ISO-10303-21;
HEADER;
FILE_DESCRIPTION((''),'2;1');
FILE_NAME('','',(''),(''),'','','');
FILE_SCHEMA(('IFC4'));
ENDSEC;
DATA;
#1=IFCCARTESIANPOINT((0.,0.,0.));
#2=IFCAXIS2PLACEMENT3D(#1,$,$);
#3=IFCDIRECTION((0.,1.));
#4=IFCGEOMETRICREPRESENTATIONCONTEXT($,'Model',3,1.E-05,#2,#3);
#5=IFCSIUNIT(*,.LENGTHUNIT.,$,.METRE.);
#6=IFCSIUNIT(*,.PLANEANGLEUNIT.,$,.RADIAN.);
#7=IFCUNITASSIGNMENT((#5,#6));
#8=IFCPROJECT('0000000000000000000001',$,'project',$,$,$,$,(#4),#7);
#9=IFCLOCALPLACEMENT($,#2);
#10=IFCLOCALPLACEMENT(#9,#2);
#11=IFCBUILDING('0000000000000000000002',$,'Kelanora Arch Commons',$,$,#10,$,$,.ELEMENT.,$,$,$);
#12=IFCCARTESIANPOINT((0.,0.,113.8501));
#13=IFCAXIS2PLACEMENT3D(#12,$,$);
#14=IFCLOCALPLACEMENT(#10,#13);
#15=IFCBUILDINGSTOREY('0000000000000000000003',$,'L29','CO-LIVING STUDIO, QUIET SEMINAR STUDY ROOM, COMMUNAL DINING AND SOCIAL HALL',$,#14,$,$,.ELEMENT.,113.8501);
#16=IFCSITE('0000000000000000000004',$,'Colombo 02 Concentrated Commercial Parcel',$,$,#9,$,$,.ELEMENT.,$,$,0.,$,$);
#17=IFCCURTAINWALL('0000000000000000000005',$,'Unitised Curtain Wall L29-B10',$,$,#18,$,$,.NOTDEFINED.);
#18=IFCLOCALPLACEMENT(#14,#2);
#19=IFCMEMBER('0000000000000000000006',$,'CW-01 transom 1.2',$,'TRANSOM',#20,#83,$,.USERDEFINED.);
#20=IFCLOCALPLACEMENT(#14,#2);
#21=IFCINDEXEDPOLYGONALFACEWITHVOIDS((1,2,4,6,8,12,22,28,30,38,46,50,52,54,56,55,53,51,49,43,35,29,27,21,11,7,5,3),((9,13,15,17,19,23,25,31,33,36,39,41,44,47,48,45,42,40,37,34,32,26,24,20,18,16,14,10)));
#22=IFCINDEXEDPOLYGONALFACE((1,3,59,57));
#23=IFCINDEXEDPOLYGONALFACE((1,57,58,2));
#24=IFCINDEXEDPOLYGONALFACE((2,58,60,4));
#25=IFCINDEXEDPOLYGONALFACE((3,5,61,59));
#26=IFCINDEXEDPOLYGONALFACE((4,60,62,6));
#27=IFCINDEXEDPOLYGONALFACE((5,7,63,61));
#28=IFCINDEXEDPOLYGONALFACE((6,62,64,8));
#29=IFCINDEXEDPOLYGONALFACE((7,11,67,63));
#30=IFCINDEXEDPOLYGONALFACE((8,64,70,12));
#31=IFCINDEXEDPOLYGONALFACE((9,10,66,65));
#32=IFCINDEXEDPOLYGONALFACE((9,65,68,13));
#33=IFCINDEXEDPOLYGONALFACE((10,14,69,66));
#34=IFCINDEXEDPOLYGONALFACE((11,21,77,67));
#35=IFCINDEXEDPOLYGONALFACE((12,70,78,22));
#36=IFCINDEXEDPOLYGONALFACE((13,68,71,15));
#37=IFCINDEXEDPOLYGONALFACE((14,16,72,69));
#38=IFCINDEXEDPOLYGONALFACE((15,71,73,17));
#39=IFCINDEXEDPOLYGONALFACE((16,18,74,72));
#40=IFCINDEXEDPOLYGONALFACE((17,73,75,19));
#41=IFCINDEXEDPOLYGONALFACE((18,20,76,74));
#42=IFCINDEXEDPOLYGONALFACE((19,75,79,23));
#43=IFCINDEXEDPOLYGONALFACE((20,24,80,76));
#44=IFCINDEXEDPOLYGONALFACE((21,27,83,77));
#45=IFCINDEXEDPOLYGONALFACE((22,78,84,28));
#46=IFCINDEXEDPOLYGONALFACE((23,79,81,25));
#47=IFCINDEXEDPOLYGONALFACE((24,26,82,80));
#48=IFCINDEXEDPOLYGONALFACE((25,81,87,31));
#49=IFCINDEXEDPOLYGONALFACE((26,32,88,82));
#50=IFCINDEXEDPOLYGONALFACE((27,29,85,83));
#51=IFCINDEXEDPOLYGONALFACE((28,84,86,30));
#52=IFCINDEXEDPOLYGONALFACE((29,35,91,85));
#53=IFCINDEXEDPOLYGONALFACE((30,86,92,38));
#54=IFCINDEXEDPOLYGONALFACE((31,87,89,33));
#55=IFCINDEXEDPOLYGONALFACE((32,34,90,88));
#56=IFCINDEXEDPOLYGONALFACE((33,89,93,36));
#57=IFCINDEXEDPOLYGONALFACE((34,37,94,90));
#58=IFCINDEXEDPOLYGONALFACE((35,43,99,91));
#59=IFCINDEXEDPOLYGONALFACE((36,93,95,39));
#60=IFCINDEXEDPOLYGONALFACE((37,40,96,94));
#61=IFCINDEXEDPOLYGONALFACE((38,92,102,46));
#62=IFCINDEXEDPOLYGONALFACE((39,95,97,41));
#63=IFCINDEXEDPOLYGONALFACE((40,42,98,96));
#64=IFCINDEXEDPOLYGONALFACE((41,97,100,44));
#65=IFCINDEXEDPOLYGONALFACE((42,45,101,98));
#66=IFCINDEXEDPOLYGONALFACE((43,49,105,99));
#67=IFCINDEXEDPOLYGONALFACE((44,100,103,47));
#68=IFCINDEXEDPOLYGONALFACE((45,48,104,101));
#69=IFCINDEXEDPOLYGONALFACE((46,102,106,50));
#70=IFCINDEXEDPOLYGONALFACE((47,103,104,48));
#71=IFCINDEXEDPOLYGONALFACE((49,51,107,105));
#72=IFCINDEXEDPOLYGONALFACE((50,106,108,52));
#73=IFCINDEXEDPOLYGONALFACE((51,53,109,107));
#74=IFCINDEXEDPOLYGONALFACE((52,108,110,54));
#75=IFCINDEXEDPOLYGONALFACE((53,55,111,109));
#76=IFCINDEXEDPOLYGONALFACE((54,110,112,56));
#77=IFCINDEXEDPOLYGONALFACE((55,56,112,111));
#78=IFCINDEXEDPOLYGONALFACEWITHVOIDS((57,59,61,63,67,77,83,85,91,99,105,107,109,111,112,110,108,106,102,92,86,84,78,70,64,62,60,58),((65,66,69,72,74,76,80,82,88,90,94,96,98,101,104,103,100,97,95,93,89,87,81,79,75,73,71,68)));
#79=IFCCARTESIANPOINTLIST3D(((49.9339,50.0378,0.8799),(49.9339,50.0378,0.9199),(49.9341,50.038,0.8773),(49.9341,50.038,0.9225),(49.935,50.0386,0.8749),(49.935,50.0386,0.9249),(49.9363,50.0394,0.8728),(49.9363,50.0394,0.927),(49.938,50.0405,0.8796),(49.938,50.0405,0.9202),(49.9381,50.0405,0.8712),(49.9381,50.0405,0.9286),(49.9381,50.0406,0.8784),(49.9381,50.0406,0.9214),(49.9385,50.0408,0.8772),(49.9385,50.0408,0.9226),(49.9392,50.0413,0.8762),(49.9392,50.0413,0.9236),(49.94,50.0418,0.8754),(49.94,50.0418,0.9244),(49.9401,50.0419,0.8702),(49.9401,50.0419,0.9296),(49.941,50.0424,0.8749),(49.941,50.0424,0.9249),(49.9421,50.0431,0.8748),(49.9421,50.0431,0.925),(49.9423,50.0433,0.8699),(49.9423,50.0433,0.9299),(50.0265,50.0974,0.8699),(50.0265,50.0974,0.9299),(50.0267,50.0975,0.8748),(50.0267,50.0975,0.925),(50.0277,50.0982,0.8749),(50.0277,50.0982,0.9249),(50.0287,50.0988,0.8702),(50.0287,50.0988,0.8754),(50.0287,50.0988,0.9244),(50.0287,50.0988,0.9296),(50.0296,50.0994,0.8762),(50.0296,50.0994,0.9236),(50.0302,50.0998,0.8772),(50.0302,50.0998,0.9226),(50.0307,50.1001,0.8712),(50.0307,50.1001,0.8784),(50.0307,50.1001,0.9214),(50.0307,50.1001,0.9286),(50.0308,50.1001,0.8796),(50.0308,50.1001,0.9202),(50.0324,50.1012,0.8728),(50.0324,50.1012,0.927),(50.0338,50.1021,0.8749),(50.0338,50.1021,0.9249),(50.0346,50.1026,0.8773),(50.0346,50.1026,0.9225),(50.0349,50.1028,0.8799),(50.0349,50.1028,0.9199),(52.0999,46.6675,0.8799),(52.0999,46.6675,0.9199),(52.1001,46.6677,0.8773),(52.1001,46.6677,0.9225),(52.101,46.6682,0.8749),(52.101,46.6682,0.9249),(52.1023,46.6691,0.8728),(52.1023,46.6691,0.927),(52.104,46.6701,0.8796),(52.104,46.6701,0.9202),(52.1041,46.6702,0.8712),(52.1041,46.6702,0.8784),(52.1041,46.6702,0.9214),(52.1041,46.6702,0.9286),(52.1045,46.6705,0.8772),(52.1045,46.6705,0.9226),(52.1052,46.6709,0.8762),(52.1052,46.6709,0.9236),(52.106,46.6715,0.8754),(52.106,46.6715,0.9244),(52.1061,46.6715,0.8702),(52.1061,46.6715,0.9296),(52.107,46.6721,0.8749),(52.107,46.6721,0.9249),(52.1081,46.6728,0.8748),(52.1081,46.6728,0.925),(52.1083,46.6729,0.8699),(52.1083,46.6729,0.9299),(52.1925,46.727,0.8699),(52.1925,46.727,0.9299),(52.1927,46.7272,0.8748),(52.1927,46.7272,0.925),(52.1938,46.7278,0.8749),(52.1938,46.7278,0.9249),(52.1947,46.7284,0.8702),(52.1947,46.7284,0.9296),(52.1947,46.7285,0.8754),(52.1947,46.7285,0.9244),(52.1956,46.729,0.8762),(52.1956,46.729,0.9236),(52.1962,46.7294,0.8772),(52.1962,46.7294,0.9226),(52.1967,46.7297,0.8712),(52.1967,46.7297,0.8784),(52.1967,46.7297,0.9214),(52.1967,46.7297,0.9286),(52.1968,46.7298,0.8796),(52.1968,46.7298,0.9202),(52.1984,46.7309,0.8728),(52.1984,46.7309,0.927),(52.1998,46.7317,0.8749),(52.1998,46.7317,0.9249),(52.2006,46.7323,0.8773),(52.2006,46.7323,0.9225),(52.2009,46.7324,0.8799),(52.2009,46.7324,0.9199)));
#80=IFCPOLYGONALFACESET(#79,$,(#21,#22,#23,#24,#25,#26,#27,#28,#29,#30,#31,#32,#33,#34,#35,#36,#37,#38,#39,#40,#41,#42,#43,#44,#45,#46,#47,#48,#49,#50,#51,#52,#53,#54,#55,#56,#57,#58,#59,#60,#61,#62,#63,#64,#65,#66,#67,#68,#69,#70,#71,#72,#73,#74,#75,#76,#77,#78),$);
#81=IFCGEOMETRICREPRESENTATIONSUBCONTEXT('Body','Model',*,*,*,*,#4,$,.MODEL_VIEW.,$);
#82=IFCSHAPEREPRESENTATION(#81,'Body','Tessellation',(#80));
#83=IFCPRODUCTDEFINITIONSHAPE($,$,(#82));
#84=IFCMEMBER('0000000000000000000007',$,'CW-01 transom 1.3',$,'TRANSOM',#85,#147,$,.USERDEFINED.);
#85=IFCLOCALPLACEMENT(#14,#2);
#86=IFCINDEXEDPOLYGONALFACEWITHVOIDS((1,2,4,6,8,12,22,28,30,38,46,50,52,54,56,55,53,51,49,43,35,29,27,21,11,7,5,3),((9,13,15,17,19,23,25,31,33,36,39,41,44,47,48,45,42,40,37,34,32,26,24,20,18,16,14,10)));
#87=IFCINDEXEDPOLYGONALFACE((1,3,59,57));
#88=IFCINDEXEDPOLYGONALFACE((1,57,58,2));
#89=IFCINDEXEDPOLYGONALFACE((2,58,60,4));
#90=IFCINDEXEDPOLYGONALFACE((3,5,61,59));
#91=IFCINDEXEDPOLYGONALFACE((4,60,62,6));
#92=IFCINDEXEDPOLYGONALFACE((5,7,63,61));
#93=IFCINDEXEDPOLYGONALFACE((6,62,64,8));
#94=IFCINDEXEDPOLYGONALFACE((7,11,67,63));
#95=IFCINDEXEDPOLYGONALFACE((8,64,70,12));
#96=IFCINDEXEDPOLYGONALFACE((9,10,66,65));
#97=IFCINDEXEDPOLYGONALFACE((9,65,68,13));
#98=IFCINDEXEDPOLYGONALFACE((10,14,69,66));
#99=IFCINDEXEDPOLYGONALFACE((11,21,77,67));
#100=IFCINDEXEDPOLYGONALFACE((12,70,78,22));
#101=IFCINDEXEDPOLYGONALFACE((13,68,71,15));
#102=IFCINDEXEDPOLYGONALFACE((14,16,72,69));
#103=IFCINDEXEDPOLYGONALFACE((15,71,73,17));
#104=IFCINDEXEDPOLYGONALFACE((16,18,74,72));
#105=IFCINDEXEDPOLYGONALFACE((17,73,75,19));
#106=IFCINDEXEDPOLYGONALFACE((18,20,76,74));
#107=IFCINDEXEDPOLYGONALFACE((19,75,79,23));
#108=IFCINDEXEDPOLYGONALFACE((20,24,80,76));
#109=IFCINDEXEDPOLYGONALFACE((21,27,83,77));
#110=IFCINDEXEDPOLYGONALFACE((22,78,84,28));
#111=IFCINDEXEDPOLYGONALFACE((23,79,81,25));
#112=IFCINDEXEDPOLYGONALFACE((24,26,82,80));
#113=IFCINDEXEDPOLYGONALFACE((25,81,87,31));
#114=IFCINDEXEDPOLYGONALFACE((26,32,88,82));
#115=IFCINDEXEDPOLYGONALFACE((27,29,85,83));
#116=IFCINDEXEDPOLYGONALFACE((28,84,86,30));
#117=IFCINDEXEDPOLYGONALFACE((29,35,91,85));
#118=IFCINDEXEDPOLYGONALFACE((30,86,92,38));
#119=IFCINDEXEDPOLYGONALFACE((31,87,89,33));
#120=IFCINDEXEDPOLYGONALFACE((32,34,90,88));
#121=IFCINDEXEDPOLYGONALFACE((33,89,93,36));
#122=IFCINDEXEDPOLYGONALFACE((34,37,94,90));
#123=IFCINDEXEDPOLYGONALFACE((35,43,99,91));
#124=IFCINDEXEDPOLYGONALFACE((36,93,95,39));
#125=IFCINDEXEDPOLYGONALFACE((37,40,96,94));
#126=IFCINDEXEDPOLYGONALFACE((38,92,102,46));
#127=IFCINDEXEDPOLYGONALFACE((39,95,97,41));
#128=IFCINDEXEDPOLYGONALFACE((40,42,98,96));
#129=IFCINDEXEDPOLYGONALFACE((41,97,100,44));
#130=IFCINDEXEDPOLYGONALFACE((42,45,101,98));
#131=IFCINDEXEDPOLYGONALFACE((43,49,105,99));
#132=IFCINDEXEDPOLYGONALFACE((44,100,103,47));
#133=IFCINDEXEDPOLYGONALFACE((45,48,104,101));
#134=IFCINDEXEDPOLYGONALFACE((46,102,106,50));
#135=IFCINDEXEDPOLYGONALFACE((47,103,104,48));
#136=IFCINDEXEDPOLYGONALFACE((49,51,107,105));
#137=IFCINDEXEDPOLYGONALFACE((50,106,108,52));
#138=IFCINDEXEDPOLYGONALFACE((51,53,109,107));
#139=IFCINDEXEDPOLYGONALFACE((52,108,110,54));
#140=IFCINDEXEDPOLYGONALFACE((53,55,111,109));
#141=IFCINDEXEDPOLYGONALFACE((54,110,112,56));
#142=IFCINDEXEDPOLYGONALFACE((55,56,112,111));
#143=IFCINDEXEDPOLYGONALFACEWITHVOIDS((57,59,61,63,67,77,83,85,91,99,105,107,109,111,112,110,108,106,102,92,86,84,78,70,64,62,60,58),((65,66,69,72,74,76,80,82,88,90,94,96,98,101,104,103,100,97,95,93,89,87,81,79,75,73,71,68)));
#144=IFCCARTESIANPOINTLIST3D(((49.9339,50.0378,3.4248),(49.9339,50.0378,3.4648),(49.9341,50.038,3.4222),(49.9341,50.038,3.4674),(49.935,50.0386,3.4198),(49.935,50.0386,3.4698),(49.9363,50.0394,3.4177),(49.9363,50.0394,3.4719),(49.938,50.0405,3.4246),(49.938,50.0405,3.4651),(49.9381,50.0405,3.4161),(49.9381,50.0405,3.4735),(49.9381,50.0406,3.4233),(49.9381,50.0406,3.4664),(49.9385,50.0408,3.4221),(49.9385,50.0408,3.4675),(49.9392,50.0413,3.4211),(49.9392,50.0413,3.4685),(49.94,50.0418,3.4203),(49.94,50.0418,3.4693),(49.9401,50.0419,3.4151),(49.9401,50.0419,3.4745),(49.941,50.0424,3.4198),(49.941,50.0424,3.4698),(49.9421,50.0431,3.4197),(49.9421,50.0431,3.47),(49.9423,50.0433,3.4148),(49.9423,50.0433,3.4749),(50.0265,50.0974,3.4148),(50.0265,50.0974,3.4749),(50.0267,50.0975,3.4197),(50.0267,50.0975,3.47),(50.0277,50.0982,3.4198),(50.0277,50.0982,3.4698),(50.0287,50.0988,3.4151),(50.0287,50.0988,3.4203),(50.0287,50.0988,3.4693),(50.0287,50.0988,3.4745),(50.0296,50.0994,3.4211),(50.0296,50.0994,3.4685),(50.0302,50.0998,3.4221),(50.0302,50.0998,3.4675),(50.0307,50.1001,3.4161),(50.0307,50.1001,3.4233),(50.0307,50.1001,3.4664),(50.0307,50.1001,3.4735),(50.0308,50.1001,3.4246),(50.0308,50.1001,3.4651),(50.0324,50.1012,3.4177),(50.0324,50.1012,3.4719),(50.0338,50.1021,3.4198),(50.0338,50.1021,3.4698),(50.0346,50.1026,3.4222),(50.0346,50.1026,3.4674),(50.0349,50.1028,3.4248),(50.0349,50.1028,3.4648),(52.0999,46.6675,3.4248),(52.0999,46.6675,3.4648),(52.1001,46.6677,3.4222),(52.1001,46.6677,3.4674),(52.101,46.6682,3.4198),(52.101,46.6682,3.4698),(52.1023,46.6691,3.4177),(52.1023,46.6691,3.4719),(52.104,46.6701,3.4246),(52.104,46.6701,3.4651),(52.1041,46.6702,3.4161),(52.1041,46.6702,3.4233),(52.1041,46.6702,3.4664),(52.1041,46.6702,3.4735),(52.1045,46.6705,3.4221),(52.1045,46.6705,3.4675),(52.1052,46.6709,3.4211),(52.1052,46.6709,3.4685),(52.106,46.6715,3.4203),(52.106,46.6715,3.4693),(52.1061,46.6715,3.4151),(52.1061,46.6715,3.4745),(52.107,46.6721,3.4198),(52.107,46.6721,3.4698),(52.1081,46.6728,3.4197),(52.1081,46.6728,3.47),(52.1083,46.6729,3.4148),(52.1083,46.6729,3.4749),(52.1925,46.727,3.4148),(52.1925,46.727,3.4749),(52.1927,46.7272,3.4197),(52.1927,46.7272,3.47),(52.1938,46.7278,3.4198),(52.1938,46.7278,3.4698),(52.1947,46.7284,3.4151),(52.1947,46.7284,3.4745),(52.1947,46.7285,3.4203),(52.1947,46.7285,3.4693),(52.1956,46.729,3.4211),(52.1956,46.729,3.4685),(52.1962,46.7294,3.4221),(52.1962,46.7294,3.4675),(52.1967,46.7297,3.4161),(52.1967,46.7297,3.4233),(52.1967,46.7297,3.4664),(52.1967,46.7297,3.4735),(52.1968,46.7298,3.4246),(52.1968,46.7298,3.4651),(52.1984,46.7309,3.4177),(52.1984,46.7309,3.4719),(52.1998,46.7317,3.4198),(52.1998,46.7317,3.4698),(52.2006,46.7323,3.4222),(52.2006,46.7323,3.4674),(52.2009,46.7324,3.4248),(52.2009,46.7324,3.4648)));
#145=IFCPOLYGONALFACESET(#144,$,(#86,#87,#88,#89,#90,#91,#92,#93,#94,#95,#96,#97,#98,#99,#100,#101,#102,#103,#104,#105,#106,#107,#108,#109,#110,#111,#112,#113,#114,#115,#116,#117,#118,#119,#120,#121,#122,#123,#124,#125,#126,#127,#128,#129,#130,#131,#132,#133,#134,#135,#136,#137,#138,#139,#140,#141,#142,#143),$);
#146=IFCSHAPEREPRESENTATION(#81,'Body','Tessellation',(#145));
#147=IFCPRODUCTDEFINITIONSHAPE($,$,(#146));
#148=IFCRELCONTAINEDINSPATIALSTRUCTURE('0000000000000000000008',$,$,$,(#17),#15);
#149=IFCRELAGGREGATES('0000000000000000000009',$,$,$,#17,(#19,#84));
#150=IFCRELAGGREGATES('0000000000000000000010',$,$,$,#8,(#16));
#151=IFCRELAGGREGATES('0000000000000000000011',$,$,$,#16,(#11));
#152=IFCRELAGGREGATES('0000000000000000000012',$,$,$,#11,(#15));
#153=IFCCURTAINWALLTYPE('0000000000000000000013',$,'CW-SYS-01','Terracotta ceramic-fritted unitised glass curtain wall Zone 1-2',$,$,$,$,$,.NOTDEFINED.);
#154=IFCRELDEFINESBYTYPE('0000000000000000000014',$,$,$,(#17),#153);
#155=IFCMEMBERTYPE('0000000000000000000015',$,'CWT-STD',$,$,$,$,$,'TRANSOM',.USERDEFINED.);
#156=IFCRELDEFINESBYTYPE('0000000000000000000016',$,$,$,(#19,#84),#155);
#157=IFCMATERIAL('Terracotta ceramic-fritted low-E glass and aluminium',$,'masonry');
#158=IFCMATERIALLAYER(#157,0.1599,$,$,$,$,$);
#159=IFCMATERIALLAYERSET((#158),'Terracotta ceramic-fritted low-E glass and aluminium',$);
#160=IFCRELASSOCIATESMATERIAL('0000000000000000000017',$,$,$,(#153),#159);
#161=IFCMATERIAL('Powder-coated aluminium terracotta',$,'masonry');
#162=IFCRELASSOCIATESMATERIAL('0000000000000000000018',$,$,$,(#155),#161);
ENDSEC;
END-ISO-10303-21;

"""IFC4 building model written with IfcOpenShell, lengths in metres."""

from ifc_helpers import new_model, si_unit, direction, frame, origin, origin_2d, place, context, subcontext, project, spatial, hollow_rectangle, extrude, material, layer, layer_set, material_profile, profile_set, type_object, element, aggregate, save


model = new_model("IFC4")

# Units and contexts
model_context = context("Model", 3, precision=1e-05, world=origin(), true_north=direction((0.0, 1.0)))
body_context = subcontext(model_context, "Body", "Model", "MODEL_VIEW")
ifc_project = project(units=[si_unit("LENGTHUNIT", "METRE"), si_unit("PLANEANGLEUNIT", "RADIAN")], contexts=[model_context])

# Site, building, storey
site_placement = place(None, origin())
site = spatial("IfcSite", under=ifc_project, at=site_placement, Name="Colombo 02 Concentrated Commercial Parcel", CompositionType="ELEMENT", RefElevation=0.0)
building_placement = place(site_placement, origin())
building = spatial("IfcBuilding", under=site, at=building_placement, Name="Kelanora Arch Commons", CompositionType="ELEMENT")
storey_placement = place(building_placement, frame((0.0, 0.0, 113.8501)))
storey = spatial("IfcBuildingStorey", under=building, at=storey_placement, Name="L29", Description="CO-LIVING STUDIO, QUIET SEMINAR STUDY ROOM, COMMUNAL DINING AND SOCIAL HALL", CompositionType="ELEMENT", Elevation=113.8501)

# Shared definitions
ifc_material_1 = material(Name="Terracotta ceramic-fritted low-E glass and aluminium", Category="masonry")
ifc_layer_1 = layer(ifc_material_1, 0.1599)
ifc_layer_set_1 = layer_set([ifc_layer_1], Name="Terracotta ceramic-fritted low-E glass and aluminium")
curtain_wall_type = type_object("IfcCurtainWallType", Name="CW-SYS-01", Description="Terracotta ceramic-fritted unitised glass curtain wall Zone 1-2", PredefinedType="NOTDEFINED", material=ifc_layer_set_1)
ifc_material_2 = material(Name="Powder-coated aluminium terracotta", Category="masonry")

# Curtain wall, members
curtain_wall_1_placement = place(storey_placement, origin())
curtain_wall_1 = element("IfcCurtainWall", 1, at=curtain_wall_1_placement, inside=storey, type_object=curtain_wall_type, Name="Unitised Curtain Wall L29-B10", PredefinedType="NOTDEFINED")
ifc_material_profile_1 = material_profile(ifc_material_2, hollow_rectangle(XDim=0.1201, YDim=0.0601, WallThickness=0.0049, InnerFilletRadius=0.0049, OuterFilletRadius=0.01, at=origin_2d()), Name="CWT120x60")
ifc_profile_set_1 = profile_set([ifc_material_profile_1], Name="Powder-coated aluminium terracotta")
member_type_1 = type_object("IfcMemberType", Name="CWT-STD", ElementType="TRANSOM", PredefinedType="USERDEFINED", material=ifc_profile_set_1)
member_1_placement = place(storey_placement, frame((49.9844, 50.0703, 0.8999), z_axis=(0.540644, -0.841252, 0.0), x_axis=(0.841252, 0.540644, 0.0)))
member_1 = element("IfcMember", 2, at=member_1_placement, type_object=member_type_1, Name="CW-01 transom 1.2", ObjectType="TRANSOM", PredefinedType="USERDEFINED", context=body_context, shape_type="SweptSolid", body=[
    extrude(hollow_rectangle(XDim=0.1201, YDim=0.0601, WallThickness=0.0049, InnerFilletRadius=0.0049, OuterFilletRadius=0.01, at=origin_2d()), origin(), (0.0, 0.0, 1.0), 4.0063),
])
member_2_placement = place(storey_placement, frame((49.9844, 50.0703, 3.4448), z_axis=(0.540644, -0.841252, 0.0), x_axis=(0.841252, 0.540644, 0.0)))
member_2 = element("IfcMember", 3, at=member_2_placement, type_object=member_type_1, Name="CW-01 transom 1.3", ObjectType="TRANSOM", PredefinedType="USERDEFINED", context=body_context, shape_type="SweptSolid", body=[
    extrude(hollow_rectangle(XDim=0.1201, YDim=0.0601, WallThickness=0.0049, InnerFilletRadius=0.0049, OuterFilletRadius=0.01, at=origin_2d()), origin(), (0.0, 0.0, 1.0), 4.0063),
])

aggregate(curtain_wall_1, [member_1, member_2])

save(model, "model.ifc")
